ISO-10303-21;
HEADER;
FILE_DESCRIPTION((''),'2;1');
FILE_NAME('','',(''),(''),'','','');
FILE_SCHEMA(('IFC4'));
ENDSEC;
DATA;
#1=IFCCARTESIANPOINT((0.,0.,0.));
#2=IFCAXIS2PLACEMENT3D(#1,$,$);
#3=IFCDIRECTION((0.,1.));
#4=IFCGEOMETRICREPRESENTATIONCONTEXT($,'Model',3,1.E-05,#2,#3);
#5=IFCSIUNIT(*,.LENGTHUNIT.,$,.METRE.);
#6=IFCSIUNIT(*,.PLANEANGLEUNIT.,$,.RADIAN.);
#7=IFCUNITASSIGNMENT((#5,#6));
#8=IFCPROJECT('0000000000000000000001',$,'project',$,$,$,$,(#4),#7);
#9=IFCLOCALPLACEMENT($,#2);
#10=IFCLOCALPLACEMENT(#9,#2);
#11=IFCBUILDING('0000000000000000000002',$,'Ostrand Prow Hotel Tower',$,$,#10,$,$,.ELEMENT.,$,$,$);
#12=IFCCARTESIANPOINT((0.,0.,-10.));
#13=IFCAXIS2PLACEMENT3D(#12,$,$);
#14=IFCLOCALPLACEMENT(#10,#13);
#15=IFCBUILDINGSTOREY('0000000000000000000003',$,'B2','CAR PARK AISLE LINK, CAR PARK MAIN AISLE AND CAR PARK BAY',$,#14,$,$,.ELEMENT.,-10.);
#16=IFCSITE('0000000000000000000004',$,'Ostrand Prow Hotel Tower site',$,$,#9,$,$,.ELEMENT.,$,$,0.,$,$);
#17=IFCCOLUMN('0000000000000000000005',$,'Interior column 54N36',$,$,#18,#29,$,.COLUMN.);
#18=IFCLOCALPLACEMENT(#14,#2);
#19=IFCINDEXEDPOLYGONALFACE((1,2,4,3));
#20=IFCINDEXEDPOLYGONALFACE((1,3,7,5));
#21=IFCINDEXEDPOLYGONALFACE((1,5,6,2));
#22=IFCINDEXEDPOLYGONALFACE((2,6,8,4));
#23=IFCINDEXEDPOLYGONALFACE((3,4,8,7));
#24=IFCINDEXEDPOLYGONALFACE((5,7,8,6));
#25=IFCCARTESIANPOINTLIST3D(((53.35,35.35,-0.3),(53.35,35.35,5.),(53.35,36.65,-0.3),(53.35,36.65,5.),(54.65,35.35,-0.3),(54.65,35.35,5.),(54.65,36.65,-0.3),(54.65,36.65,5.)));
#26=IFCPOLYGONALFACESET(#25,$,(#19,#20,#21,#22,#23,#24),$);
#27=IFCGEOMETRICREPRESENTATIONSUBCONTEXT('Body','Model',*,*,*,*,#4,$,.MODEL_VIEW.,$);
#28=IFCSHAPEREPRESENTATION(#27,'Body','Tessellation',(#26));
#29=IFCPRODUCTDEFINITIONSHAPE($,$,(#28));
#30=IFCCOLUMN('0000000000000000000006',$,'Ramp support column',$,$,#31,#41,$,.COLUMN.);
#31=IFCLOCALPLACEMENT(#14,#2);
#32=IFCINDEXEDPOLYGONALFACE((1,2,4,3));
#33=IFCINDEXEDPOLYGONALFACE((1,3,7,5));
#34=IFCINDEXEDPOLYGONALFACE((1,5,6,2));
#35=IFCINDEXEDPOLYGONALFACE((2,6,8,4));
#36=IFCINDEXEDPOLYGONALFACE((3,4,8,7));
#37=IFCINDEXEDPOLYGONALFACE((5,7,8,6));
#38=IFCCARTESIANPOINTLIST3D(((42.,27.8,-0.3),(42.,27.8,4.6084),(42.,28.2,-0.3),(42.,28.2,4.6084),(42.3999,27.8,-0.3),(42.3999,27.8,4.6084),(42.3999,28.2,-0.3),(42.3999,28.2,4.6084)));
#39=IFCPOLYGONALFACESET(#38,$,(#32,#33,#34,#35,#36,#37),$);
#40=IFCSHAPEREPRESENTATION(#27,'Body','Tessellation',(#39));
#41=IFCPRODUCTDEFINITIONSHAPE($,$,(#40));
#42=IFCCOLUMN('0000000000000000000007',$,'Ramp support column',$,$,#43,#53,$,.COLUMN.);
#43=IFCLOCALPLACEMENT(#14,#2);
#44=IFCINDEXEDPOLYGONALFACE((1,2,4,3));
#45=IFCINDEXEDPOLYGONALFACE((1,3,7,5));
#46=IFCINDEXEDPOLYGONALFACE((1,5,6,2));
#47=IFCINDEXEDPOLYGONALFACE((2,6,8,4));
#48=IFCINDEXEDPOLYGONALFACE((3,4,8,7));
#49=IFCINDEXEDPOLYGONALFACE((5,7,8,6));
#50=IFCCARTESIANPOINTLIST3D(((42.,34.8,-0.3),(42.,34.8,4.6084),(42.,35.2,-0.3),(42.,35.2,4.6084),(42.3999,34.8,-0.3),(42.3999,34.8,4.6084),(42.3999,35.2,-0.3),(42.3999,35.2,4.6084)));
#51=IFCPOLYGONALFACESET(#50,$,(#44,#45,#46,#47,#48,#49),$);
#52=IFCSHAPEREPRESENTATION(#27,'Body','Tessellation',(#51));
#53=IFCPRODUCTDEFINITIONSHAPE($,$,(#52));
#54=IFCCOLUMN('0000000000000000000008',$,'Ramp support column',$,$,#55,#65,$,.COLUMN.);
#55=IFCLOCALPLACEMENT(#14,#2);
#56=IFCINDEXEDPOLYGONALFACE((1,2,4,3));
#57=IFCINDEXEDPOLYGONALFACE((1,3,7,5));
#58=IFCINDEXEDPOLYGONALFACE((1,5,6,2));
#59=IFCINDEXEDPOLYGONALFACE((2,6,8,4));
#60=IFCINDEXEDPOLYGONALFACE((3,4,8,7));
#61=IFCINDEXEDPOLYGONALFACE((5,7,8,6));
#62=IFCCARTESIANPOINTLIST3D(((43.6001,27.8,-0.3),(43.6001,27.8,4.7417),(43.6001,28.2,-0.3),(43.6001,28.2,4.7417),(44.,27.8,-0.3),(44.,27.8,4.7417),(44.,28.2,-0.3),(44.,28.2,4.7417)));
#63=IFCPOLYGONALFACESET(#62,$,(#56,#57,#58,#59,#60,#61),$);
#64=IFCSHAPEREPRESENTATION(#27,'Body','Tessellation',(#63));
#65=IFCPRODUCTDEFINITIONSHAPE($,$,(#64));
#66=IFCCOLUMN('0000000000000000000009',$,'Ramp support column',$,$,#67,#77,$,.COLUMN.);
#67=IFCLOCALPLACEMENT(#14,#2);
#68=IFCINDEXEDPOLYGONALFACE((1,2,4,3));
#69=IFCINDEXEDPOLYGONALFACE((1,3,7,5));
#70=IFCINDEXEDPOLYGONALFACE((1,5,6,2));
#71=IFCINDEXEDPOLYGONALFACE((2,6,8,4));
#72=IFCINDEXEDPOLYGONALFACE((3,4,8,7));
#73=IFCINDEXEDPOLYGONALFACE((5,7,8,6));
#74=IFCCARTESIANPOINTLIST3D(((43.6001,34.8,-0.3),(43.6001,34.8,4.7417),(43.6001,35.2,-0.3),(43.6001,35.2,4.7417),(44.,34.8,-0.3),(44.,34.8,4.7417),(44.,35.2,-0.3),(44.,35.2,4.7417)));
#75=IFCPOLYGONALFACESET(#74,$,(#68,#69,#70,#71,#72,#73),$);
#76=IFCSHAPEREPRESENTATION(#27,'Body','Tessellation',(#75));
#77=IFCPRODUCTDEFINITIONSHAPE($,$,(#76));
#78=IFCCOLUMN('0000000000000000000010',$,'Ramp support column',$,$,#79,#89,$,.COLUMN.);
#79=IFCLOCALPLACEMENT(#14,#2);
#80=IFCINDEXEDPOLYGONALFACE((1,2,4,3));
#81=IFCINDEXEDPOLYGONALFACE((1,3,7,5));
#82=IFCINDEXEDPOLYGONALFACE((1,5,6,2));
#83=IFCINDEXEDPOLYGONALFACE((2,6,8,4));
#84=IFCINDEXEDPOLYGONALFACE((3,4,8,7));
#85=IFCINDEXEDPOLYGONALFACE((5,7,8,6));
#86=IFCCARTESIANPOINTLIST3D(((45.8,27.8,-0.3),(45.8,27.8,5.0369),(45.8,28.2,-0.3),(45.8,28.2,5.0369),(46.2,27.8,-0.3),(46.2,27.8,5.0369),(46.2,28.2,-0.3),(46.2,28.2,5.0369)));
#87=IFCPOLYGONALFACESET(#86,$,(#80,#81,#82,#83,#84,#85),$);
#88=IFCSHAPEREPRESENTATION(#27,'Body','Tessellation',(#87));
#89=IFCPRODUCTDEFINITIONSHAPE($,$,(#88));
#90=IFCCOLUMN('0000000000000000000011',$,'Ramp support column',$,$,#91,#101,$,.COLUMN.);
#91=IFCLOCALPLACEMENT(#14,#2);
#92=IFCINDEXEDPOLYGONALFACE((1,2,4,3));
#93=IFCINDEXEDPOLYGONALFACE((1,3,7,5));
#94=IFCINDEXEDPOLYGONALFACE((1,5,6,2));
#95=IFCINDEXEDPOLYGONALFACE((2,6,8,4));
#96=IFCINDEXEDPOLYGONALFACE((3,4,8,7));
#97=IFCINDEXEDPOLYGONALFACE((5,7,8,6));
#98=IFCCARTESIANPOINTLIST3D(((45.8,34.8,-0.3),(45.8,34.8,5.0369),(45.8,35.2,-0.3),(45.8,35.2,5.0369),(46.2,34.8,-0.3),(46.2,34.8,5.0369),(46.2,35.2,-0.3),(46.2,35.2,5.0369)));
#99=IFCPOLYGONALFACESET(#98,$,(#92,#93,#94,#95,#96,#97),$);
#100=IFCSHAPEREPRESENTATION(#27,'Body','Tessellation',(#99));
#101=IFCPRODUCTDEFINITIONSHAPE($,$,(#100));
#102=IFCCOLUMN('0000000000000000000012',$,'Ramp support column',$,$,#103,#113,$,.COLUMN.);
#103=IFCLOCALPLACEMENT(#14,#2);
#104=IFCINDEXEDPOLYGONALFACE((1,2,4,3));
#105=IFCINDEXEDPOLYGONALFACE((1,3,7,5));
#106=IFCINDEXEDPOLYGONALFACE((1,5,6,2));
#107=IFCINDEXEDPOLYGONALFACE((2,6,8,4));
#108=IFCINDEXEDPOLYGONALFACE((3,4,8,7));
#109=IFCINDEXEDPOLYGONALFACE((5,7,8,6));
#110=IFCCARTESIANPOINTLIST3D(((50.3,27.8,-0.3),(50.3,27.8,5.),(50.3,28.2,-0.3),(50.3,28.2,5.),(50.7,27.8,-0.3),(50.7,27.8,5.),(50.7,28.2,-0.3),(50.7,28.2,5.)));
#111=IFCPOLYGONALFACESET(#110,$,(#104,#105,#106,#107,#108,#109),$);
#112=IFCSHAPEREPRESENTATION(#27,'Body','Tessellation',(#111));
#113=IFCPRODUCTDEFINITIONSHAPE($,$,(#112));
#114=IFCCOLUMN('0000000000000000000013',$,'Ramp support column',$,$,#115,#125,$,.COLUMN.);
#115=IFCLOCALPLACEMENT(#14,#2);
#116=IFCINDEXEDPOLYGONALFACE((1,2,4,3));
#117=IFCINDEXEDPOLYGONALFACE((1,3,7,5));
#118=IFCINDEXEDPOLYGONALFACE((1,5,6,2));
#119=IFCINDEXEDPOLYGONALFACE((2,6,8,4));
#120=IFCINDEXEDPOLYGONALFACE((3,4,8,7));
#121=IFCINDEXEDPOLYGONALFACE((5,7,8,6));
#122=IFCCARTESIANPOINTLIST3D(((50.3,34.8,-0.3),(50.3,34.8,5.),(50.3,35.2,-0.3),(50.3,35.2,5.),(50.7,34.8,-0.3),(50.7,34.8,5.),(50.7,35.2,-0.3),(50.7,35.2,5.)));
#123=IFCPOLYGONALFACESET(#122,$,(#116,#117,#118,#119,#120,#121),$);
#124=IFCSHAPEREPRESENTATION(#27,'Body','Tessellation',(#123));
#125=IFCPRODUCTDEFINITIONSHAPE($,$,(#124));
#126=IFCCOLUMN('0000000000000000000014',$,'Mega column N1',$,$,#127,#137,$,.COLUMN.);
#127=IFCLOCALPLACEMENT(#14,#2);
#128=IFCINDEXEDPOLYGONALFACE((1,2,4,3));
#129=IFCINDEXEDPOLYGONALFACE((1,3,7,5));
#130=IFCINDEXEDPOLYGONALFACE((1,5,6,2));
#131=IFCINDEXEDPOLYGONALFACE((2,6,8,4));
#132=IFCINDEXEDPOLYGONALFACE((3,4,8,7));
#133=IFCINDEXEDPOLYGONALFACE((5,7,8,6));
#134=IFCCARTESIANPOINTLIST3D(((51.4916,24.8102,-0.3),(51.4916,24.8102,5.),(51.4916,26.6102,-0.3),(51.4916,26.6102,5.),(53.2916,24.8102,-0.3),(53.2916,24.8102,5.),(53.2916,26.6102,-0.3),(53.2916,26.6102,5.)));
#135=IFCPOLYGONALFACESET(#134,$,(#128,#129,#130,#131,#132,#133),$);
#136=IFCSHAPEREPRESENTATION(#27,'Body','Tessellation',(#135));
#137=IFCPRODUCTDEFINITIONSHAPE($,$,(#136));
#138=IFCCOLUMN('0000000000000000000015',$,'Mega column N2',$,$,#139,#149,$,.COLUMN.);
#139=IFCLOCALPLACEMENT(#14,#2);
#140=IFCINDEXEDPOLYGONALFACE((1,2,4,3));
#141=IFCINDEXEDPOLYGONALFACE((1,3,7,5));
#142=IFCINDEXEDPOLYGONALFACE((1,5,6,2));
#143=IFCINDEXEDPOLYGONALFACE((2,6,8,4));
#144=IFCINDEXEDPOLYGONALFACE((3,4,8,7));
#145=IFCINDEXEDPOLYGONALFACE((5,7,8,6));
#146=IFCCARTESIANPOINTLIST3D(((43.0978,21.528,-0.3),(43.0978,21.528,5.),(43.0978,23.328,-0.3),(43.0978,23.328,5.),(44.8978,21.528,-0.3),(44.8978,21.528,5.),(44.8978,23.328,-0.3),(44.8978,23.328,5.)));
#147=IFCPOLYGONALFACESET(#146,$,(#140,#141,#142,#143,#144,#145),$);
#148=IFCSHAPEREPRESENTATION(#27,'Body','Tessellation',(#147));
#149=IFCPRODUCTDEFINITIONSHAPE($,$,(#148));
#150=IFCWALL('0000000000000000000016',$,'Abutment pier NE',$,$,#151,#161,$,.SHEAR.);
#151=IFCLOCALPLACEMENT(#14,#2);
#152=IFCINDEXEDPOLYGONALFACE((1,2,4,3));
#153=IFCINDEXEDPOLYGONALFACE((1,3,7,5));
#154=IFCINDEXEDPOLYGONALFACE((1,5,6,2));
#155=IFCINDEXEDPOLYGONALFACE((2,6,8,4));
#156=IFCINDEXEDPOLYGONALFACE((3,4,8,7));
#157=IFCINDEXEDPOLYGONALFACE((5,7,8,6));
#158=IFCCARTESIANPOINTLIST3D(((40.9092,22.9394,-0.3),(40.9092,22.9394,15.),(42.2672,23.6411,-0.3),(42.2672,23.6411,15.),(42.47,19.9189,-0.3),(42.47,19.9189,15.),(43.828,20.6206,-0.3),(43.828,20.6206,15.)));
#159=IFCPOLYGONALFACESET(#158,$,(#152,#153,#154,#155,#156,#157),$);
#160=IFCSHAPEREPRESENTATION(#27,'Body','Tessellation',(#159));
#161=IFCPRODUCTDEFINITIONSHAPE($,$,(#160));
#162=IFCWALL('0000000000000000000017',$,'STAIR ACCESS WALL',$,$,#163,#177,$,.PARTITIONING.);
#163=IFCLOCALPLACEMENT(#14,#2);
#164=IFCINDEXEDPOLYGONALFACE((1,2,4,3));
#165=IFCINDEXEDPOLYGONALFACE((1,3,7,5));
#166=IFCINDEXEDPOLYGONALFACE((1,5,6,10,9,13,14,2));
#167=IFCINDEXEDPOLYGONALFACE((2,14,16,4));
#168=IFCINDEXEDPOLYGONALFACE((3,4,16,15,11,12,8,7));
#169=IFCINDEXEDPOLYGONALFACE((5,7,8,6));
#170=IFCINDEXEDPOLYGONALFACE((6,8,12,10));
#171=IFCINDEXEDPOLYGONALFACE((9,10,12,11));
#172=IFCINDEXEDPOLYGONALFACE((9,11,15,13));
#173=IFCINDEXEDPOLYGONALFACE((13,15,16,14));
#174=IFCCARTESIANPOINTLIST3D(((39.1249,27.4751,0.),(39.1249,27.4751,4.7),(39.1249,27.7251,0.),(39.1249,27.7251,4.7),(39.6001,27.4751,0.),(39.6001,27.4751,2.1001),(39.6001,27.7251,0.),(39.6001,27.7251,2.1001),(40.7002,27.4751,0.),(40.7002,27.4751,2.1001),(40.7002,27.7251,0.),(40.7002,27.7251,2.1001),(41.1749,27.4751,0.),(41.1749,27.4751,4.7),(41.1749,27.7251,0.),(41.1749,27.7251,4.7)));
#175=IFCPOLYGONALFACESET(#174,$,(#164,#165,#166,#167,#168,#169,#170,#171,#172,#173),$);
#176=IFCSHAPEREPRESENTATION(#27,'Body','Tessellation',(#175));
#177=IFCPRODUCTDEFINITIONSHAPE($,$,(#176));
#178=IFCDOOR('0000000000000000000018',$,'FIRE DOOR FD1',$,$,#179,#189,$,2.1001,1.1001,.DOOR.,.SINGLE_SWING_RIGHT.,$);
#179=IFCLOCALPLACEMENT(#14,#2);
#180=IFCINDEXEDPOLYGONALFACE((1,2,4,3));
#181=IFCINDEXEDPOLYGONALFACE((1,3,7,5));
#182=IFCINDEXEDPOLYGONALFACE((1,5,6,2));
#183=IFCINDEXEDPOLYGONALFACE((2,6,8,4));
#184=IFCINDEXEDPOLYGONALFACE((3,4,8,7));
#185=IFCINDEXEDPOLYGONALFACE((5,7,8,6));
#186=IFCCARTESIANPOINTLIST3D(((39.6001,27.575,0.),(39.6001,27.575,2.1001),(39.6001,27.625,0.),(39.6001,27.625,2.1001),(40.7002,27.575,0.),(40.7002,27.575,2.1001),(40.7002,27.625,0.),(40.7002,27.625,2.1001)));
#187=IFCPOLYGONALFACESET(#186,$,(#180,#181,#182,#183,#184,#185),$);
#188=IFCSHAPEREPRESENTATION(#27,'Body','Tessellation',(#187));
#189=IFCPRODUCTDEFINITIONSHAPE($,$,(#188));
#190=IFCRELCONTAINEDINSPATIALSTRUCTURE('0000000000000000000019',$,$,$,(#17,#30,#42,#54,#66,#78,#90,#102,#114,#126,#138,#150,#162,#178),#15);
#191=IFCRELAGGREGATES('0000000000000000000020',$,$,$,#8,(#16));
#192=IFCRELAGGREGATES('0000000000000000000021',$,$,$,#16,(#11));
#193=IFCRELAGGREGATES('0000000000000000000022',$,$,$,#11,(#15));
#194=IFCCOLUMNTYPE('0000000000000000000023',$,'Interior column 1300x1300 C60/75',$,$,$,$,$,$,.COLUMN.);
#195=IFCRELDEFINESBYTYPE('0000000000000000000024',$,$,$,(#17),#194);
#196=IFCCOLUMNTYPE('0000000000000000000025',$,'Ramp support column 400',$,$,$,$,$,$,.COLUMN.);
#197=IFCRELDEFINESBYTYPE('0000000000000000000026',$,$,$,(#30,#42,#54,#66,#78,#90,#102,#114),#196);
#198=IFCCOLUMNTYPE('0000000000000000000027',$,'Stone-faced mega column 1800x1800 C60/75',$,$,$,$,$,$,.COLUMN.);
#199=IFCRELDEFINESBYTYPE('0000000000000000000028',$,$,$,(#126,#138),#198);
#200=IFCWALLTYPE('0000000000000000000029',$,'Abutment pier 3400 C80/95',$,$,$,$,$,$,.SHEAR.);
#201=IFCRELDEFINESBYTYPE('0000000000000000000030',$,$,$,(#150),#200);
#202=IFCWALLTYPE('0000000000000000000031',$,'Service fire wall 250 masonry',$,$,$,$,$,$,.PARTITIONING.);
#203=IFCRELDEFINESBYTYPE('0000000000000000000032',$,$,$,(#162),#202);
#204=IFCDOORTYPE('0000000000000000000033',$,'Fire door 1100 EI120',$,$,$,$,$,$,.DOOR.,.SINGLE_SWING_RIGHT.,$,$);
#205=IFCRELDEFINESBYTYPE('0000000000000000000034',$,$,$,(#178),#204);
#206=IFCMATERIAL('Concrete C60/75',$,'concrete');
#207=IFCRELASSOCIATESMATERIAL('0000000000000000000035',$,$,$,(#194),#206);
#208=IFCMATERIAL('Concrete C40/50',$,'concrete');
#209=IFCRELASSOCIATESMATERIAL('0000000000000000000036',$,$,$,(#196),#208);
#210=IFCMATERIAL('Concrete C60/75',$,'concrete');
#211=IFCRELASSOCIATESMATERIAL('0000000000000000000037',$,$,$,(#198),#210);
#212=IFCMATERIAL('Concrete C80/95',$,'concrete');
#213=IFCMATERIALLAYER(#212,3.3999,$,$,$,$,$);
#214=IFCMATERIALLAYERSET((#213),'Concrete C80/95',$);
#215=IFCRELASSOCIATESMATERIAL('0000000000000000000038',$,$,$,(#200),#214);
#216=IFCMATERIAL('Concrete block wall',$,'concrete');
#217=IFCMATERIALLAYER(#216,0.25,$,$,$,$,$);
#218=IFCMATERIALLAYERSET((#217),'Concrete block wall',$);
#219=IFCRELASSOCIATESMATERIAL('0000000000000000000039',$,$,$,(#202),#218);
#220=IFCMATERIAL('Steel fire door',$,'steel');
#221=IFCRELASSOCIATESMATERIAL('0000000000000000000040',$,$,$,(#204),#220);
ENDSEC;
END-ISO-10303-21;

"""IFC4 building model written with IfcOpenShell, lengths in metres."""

from ifc_helpers import new_model, si_unit, direction, frame, frame_2d, origin, origin_2d, place, context, subcontext, project, spatial, rectangle, extrude, material, layer, layer_set, material_profile, profile_set, type_object, element, fill, save


model = new_model("IFC4")

# Units and contexts
model_context = context("Model", 3, precision=1e-05, world=origin(), true_north=direction((0.0, 1.0)))
body_context = subcontext(model_context, "Body", "Model", "MODEL_VIEW")
ifc_project = project(units=[si_unit("LENGTHUNIT", "METRE"), si_unit("PLANEANGLEUNIT", "RADIAN")], contexts=[model_context])

# Site, building, storey
site_placement = place(None, origin())
site = spatial("IfcSite", under=ifc_project, at=site_placement, Name="Ostrand Prow Hotel Tower site", CompositionType="ELEMENT", RefElevation=0.0)
building_placement = place(site_placement, origin())
building = spatial("IfcBuilding", under=site, at=building_placement, Name="Ostrand Prow Hotel Tower", CompositionType="ELEMENT")
storey_placement = place(building_placement, frame((0.0, 0.0, -10.0)))
storey = spatial("IfcBuildingStorey", under=building, at=storey_placement, Name="B2", Description="CAR PARK AISLE LINK, CAR PARK MAIN AISLE AND CAR PARK BAY", CompositionType="ELEMENT", Elevation=-10.0)

# Columns
ifc_material_1 = material(Name="Concrete C60/75", Category="concrete")
ifc_material_profile_1 = material_profile(ifc_material_1, rectangle(XDim=1.3, YDim=1.3, at=origin_2d()), Name="RC 1300x1300")
ifc_profile_set_1 = profile_set([ifc_material_profile_1], Name="Concrete C60/75")
column_type_1 = type_object("IfcColumnType", Name="Interior column 1300x1300 C60/75", PredefinedType="COLUMN", material=ifc_profile_set_1)
column_placement = place(storey_placement, frame((54.0, 36.0, -0.3), z_axis=(0.0, 0.0, 1.0), x_axis=(1.0, 0.0, 0.0)))
element("IfcColumn", 1, at=column_placement, inside=storey, type_object=column_type_1, Name="Interior column 54N36", PredefinedType="COLUMN", context=body_context, shape_type="SweptSolid", body=[
    extrude(rectangle(XDim=1.3, YDim=1.3, at=origin_2d()), origin(), (0.0, 0.0, 1.0), 5.3),
])
ifc_material_2 = material(Name="Concrete C40/50", Category="concrete")
ifc_material_profile_2 = material_profile(ifc_material_2, rectangle(XDim=0.3999, YDim=0.3999, at=origin_2d()), Name="Ramp support column 400")
ifc_profile_set_2 = profile_set([ifc_material_profile_2], Name="Concrete C40/50")
column_type_2 = type_object("IfcColumnType", Name="Ramp support column 400", PredefinedType="COLUMN", material=ifc_profile_set_2)
for number, where, z_axis, x_axis, name in (
    (2, (42.2, 28.0, -0.3), (0.0, 0.0, 1.0), (1.0, 0.0, 0.0), "Ramp support column"),
    (3, (42.2, 35.0, -0.3), (0.0, 0.0, 1.0), (1.0, 0.0, 0.0), "Ramp support column"),
):
    element("IfcColumn", number, at=place(storey_placement, frame(where, z_axis=z_axis, x_axis=x_axis)), inside=storey, type_object=column_type_2, Name=name, PredefinedType="COLUMN", context=body_context, shape_type="SweptSolid", body=[
        extrude(rectangle(XDim=0.3999, YDim=0.3999, at=origin_2d()), origin(), (0.0, 0.0, 1.0), 4.9084),
    ])
for number, where, z_axis, x_axis, name in (
    (4, (43.8, 28.0, -0.3), (0.0, 0.0, 1.0), (1.0, 0.0, 0.0), "Ramp support column"),
    (5, (43.8, 35.0, -0.3), (0.0, 0.0, 1.0), (1.0, 0.0, 0.0), "Ramp support column"),
):
    element("IfcColumn", number, at=place(storey_placement, frame(where, z_axis=z_axis, x_axis=x_axis)), inside=storey, type_object=column_type_2, Name=name, PredefinedType="COLUMN", context=body_context, shape_type="SweptSolid", body=[
        extrude(rectangle(XDim=0.3999, YDim=0.3999, at=origin_2d()), origin(), (0.0, 0.0, 1.0), 5.0417),
    ])
for number, where, z_axis, x_axis, name in (
    (6, (46.0, 28.0, -0.3), (0.0, 0.0, 1.0), (1.0, 0.0, 0.0), "Ramp support column"),
    (7, (46.0, 35.0, -0.3), (0.0, 0.0, 1.0), (1.0, 0.0, 0.0), "Ramp support column"),
):
    element("IfcColumn", number, at=place(storey_placement, frame(where, z_axis=z_axis, x_axis=x_axis)), inside=storey, type_object=column_type_2, Name=name, PredefinedType="COLUMN", context=body_context, shape_type="SweptSolid", body=[
        extrude(rectangle(XDim=0.3999, YDim=0.3999, at=origin_2d()), origin(), (0.0, 0.0, 1.0), 5.3369),
    ])
for number, where, z_axis, x_axis, name in (
    (8, (50.5, 28.0, -0.3), (0.0, 0.0, 1.0), (1.0, 0.0, 0.0), "Ramp support column"),
    (9, (50.5, 35.0, -0.3), (0.0, 0.0, 1.0), (1.0, 0.0, 0.0), "Ramp support column"),
):
    element("IfcColumn", number, at=place(storey_placement, frame(where, z_axis=z_axis, x_axis=x_axis)), inside=storey, type_object=column_type_2, Name=name, PredefinedType="COLUMN", context=body_context, shape_type="SweptSolid", body=[
        extrude(rectangle(XDim=0.3999, YDim=0.3999, at=origin_2d()), origin(), (0.0, 0.0, 1.0), 5.3),
    ])
ifc_material_3 = material(Name="Concrete C60/75", Category="concrete")
ifc_material_profile_3 = material_profile(ifc_material_3, rectangle(XDim=1.8, YDim=1.8, at=origin_2d()), Name="RC 1800x1800")
ifc_profile_set_3 = profile_set([ifc_material_profile_3], Name="Concrete C60/75")
column_type_3 = type_object("IfcColumnType", Name="Stone-faced mega column 1800x1800 C60/75", PredefinedType="COLUMN", material=ifc_profile_set_3)
for number, where, z_axis, x_axis, name in (
    (10, (52.3916, 25.7102, -0.3), (0.0, 0.0, 1.0), (1.0, 0.0, 0.0), "Mega column N1"),
    (11, (43.9978, 22.428, -0.3), (0.0, 0.0, 1.0), (1.0, 0.0, 0.0), "Mega column N2"),
):
    element("IfcColumn", number, at=place(storey_placement, frame(where, z_axis=z_axis, x_axis=x_axis)), inside=storey, type_object=column_type_3, Name=name, PredefinedType="COLUMN", context=body_context, shape_type="SweptSolid", body=[
        extrude(rectangle(XDim=1.8, YDim=1.8, at=origin_2d()), origin(), (0.0, 0.0, 1.0), 5.3),
    ])

# Wall
ifc_material_4 = material(Name="Concrete C80/95", Category="concrete")
ifc_layer_1 = layer(ifc_material_4, 3.3999)
ifc_layer_set_1 = layer_set([ifc_layer_1], Name="Concrete C80/95")
wall_type_1 = type_object("IfcWallType", Name="Abutment pier 3400 C80/95", PredefinedType="SHEAR", material=ifc_layer_set_1)
wall_1_placement = place(storey_placement, frame((41.6897, 21.4292, -0.3), z_axis=(0.0, 0.0, 1.0), x_axis=(0.888406, 0.459058, 0.0)))
element("IfcWall", 12, at=wall_1_placement, inside=storey, type_object=wall_type_1, Name="Abutment pier NE", PredefinedType="SHEAR", context=body_context, shape_type="SweptSolid", body=[
    extrude(rectangle(XDim=1.5286, YDim=3.3999, at=frame_2d((0.7642, 0.0))), origin(), (0.0, 0.0, 1.0), 15.3),
])

# Wall, opening, door
ifc_material_5 = material(Name="Concrete block wall", Category="concrete")
ifc_layer_2 = layer(ifc_material_5, 0.25)
ifc_layer_set_2 = layer_set([ifc_layer_2], Name="Concrete block wall")
wall_type_2 = type_object("IfcWallType", Name="Service fire wall 250 masonry", PredefinedType="PARTITIONING", material=ifc_layer_set_2)
wall_2_placement = place(storey_placement, frame((39.125, 27.6001, 0.0), z_axis=(0.0, 0.0, 1.0), x_axis=(1.0, 0.0, 0.0)))
wall_2 = element("IfcWall", 13, at=wall_2_placement, inside=storey, type_object=wall_type_2, Name="STAIR ACCESS WALL", PredefinedType="PARTITIONING", context=body_context, shape_type="SweptSolid", body=[
    extrude(rectangle(XDim=2.05, YDim=0.25, at=frame_2d((1.0249, 0.0))), origin(), (0.0, 0.0, 1.0), 4.7),
])
opening_placement = place(wall_2_placement, frame((0.4751, 0.0, 0.0)))
opening = element("IfcOpeningElement", 14, at=opening_placement, cuts=wall_2, PredefinedType="OPENING", context=body_context, shape_type="SweptSolid", body=[
    extrude(rectangle(XDim=1.1001, YDim=2.1001, at=frame_2d((0.55, 1.05))), frame((0.0, 0.135, 0.0), z_axis=(0.0, -1.0, 0.0), x_axis=(1.0, 0.0, 0.0)), (0.0, 0.0, 1.0), 0.27),
])
ifc_material_6 = material(Name="Steel fire door", Category="steel")
door_type = type_object("IfcDoorType", Name="Fire door 1100 EI120", OperationType="SINGLE_SWING_RIGHT", PredefinedType="DOOR", material=ifc_material_6)
door_placement = place(opening_placement, origin())
door = element("IfcDoor", 15, at=door_placement, inside=storey, type_object=door_type, Name="FIRE DOOR FD1", OperationType="SINGLE_SWING_RIGHT", OverallHeight=2.1001, OverallWidth=1.1001, PredefinedType="DOOR", context=body_context, shape_type="SweptSolid", body=[
    extrude(rectangle(XDim=1.1001, YDim=2.1001, at=frame_2d((0.55, 1.05))), frame((0.0, 0.0249, 0.0), z_axis=(0.0, -1.0, 0.0), x_axis=(1.0, 0.0, 0.0)), (0.0, 0.0, 1.0), 0.05),
])
fill(opening, door)

save(model, "model.ifc")
